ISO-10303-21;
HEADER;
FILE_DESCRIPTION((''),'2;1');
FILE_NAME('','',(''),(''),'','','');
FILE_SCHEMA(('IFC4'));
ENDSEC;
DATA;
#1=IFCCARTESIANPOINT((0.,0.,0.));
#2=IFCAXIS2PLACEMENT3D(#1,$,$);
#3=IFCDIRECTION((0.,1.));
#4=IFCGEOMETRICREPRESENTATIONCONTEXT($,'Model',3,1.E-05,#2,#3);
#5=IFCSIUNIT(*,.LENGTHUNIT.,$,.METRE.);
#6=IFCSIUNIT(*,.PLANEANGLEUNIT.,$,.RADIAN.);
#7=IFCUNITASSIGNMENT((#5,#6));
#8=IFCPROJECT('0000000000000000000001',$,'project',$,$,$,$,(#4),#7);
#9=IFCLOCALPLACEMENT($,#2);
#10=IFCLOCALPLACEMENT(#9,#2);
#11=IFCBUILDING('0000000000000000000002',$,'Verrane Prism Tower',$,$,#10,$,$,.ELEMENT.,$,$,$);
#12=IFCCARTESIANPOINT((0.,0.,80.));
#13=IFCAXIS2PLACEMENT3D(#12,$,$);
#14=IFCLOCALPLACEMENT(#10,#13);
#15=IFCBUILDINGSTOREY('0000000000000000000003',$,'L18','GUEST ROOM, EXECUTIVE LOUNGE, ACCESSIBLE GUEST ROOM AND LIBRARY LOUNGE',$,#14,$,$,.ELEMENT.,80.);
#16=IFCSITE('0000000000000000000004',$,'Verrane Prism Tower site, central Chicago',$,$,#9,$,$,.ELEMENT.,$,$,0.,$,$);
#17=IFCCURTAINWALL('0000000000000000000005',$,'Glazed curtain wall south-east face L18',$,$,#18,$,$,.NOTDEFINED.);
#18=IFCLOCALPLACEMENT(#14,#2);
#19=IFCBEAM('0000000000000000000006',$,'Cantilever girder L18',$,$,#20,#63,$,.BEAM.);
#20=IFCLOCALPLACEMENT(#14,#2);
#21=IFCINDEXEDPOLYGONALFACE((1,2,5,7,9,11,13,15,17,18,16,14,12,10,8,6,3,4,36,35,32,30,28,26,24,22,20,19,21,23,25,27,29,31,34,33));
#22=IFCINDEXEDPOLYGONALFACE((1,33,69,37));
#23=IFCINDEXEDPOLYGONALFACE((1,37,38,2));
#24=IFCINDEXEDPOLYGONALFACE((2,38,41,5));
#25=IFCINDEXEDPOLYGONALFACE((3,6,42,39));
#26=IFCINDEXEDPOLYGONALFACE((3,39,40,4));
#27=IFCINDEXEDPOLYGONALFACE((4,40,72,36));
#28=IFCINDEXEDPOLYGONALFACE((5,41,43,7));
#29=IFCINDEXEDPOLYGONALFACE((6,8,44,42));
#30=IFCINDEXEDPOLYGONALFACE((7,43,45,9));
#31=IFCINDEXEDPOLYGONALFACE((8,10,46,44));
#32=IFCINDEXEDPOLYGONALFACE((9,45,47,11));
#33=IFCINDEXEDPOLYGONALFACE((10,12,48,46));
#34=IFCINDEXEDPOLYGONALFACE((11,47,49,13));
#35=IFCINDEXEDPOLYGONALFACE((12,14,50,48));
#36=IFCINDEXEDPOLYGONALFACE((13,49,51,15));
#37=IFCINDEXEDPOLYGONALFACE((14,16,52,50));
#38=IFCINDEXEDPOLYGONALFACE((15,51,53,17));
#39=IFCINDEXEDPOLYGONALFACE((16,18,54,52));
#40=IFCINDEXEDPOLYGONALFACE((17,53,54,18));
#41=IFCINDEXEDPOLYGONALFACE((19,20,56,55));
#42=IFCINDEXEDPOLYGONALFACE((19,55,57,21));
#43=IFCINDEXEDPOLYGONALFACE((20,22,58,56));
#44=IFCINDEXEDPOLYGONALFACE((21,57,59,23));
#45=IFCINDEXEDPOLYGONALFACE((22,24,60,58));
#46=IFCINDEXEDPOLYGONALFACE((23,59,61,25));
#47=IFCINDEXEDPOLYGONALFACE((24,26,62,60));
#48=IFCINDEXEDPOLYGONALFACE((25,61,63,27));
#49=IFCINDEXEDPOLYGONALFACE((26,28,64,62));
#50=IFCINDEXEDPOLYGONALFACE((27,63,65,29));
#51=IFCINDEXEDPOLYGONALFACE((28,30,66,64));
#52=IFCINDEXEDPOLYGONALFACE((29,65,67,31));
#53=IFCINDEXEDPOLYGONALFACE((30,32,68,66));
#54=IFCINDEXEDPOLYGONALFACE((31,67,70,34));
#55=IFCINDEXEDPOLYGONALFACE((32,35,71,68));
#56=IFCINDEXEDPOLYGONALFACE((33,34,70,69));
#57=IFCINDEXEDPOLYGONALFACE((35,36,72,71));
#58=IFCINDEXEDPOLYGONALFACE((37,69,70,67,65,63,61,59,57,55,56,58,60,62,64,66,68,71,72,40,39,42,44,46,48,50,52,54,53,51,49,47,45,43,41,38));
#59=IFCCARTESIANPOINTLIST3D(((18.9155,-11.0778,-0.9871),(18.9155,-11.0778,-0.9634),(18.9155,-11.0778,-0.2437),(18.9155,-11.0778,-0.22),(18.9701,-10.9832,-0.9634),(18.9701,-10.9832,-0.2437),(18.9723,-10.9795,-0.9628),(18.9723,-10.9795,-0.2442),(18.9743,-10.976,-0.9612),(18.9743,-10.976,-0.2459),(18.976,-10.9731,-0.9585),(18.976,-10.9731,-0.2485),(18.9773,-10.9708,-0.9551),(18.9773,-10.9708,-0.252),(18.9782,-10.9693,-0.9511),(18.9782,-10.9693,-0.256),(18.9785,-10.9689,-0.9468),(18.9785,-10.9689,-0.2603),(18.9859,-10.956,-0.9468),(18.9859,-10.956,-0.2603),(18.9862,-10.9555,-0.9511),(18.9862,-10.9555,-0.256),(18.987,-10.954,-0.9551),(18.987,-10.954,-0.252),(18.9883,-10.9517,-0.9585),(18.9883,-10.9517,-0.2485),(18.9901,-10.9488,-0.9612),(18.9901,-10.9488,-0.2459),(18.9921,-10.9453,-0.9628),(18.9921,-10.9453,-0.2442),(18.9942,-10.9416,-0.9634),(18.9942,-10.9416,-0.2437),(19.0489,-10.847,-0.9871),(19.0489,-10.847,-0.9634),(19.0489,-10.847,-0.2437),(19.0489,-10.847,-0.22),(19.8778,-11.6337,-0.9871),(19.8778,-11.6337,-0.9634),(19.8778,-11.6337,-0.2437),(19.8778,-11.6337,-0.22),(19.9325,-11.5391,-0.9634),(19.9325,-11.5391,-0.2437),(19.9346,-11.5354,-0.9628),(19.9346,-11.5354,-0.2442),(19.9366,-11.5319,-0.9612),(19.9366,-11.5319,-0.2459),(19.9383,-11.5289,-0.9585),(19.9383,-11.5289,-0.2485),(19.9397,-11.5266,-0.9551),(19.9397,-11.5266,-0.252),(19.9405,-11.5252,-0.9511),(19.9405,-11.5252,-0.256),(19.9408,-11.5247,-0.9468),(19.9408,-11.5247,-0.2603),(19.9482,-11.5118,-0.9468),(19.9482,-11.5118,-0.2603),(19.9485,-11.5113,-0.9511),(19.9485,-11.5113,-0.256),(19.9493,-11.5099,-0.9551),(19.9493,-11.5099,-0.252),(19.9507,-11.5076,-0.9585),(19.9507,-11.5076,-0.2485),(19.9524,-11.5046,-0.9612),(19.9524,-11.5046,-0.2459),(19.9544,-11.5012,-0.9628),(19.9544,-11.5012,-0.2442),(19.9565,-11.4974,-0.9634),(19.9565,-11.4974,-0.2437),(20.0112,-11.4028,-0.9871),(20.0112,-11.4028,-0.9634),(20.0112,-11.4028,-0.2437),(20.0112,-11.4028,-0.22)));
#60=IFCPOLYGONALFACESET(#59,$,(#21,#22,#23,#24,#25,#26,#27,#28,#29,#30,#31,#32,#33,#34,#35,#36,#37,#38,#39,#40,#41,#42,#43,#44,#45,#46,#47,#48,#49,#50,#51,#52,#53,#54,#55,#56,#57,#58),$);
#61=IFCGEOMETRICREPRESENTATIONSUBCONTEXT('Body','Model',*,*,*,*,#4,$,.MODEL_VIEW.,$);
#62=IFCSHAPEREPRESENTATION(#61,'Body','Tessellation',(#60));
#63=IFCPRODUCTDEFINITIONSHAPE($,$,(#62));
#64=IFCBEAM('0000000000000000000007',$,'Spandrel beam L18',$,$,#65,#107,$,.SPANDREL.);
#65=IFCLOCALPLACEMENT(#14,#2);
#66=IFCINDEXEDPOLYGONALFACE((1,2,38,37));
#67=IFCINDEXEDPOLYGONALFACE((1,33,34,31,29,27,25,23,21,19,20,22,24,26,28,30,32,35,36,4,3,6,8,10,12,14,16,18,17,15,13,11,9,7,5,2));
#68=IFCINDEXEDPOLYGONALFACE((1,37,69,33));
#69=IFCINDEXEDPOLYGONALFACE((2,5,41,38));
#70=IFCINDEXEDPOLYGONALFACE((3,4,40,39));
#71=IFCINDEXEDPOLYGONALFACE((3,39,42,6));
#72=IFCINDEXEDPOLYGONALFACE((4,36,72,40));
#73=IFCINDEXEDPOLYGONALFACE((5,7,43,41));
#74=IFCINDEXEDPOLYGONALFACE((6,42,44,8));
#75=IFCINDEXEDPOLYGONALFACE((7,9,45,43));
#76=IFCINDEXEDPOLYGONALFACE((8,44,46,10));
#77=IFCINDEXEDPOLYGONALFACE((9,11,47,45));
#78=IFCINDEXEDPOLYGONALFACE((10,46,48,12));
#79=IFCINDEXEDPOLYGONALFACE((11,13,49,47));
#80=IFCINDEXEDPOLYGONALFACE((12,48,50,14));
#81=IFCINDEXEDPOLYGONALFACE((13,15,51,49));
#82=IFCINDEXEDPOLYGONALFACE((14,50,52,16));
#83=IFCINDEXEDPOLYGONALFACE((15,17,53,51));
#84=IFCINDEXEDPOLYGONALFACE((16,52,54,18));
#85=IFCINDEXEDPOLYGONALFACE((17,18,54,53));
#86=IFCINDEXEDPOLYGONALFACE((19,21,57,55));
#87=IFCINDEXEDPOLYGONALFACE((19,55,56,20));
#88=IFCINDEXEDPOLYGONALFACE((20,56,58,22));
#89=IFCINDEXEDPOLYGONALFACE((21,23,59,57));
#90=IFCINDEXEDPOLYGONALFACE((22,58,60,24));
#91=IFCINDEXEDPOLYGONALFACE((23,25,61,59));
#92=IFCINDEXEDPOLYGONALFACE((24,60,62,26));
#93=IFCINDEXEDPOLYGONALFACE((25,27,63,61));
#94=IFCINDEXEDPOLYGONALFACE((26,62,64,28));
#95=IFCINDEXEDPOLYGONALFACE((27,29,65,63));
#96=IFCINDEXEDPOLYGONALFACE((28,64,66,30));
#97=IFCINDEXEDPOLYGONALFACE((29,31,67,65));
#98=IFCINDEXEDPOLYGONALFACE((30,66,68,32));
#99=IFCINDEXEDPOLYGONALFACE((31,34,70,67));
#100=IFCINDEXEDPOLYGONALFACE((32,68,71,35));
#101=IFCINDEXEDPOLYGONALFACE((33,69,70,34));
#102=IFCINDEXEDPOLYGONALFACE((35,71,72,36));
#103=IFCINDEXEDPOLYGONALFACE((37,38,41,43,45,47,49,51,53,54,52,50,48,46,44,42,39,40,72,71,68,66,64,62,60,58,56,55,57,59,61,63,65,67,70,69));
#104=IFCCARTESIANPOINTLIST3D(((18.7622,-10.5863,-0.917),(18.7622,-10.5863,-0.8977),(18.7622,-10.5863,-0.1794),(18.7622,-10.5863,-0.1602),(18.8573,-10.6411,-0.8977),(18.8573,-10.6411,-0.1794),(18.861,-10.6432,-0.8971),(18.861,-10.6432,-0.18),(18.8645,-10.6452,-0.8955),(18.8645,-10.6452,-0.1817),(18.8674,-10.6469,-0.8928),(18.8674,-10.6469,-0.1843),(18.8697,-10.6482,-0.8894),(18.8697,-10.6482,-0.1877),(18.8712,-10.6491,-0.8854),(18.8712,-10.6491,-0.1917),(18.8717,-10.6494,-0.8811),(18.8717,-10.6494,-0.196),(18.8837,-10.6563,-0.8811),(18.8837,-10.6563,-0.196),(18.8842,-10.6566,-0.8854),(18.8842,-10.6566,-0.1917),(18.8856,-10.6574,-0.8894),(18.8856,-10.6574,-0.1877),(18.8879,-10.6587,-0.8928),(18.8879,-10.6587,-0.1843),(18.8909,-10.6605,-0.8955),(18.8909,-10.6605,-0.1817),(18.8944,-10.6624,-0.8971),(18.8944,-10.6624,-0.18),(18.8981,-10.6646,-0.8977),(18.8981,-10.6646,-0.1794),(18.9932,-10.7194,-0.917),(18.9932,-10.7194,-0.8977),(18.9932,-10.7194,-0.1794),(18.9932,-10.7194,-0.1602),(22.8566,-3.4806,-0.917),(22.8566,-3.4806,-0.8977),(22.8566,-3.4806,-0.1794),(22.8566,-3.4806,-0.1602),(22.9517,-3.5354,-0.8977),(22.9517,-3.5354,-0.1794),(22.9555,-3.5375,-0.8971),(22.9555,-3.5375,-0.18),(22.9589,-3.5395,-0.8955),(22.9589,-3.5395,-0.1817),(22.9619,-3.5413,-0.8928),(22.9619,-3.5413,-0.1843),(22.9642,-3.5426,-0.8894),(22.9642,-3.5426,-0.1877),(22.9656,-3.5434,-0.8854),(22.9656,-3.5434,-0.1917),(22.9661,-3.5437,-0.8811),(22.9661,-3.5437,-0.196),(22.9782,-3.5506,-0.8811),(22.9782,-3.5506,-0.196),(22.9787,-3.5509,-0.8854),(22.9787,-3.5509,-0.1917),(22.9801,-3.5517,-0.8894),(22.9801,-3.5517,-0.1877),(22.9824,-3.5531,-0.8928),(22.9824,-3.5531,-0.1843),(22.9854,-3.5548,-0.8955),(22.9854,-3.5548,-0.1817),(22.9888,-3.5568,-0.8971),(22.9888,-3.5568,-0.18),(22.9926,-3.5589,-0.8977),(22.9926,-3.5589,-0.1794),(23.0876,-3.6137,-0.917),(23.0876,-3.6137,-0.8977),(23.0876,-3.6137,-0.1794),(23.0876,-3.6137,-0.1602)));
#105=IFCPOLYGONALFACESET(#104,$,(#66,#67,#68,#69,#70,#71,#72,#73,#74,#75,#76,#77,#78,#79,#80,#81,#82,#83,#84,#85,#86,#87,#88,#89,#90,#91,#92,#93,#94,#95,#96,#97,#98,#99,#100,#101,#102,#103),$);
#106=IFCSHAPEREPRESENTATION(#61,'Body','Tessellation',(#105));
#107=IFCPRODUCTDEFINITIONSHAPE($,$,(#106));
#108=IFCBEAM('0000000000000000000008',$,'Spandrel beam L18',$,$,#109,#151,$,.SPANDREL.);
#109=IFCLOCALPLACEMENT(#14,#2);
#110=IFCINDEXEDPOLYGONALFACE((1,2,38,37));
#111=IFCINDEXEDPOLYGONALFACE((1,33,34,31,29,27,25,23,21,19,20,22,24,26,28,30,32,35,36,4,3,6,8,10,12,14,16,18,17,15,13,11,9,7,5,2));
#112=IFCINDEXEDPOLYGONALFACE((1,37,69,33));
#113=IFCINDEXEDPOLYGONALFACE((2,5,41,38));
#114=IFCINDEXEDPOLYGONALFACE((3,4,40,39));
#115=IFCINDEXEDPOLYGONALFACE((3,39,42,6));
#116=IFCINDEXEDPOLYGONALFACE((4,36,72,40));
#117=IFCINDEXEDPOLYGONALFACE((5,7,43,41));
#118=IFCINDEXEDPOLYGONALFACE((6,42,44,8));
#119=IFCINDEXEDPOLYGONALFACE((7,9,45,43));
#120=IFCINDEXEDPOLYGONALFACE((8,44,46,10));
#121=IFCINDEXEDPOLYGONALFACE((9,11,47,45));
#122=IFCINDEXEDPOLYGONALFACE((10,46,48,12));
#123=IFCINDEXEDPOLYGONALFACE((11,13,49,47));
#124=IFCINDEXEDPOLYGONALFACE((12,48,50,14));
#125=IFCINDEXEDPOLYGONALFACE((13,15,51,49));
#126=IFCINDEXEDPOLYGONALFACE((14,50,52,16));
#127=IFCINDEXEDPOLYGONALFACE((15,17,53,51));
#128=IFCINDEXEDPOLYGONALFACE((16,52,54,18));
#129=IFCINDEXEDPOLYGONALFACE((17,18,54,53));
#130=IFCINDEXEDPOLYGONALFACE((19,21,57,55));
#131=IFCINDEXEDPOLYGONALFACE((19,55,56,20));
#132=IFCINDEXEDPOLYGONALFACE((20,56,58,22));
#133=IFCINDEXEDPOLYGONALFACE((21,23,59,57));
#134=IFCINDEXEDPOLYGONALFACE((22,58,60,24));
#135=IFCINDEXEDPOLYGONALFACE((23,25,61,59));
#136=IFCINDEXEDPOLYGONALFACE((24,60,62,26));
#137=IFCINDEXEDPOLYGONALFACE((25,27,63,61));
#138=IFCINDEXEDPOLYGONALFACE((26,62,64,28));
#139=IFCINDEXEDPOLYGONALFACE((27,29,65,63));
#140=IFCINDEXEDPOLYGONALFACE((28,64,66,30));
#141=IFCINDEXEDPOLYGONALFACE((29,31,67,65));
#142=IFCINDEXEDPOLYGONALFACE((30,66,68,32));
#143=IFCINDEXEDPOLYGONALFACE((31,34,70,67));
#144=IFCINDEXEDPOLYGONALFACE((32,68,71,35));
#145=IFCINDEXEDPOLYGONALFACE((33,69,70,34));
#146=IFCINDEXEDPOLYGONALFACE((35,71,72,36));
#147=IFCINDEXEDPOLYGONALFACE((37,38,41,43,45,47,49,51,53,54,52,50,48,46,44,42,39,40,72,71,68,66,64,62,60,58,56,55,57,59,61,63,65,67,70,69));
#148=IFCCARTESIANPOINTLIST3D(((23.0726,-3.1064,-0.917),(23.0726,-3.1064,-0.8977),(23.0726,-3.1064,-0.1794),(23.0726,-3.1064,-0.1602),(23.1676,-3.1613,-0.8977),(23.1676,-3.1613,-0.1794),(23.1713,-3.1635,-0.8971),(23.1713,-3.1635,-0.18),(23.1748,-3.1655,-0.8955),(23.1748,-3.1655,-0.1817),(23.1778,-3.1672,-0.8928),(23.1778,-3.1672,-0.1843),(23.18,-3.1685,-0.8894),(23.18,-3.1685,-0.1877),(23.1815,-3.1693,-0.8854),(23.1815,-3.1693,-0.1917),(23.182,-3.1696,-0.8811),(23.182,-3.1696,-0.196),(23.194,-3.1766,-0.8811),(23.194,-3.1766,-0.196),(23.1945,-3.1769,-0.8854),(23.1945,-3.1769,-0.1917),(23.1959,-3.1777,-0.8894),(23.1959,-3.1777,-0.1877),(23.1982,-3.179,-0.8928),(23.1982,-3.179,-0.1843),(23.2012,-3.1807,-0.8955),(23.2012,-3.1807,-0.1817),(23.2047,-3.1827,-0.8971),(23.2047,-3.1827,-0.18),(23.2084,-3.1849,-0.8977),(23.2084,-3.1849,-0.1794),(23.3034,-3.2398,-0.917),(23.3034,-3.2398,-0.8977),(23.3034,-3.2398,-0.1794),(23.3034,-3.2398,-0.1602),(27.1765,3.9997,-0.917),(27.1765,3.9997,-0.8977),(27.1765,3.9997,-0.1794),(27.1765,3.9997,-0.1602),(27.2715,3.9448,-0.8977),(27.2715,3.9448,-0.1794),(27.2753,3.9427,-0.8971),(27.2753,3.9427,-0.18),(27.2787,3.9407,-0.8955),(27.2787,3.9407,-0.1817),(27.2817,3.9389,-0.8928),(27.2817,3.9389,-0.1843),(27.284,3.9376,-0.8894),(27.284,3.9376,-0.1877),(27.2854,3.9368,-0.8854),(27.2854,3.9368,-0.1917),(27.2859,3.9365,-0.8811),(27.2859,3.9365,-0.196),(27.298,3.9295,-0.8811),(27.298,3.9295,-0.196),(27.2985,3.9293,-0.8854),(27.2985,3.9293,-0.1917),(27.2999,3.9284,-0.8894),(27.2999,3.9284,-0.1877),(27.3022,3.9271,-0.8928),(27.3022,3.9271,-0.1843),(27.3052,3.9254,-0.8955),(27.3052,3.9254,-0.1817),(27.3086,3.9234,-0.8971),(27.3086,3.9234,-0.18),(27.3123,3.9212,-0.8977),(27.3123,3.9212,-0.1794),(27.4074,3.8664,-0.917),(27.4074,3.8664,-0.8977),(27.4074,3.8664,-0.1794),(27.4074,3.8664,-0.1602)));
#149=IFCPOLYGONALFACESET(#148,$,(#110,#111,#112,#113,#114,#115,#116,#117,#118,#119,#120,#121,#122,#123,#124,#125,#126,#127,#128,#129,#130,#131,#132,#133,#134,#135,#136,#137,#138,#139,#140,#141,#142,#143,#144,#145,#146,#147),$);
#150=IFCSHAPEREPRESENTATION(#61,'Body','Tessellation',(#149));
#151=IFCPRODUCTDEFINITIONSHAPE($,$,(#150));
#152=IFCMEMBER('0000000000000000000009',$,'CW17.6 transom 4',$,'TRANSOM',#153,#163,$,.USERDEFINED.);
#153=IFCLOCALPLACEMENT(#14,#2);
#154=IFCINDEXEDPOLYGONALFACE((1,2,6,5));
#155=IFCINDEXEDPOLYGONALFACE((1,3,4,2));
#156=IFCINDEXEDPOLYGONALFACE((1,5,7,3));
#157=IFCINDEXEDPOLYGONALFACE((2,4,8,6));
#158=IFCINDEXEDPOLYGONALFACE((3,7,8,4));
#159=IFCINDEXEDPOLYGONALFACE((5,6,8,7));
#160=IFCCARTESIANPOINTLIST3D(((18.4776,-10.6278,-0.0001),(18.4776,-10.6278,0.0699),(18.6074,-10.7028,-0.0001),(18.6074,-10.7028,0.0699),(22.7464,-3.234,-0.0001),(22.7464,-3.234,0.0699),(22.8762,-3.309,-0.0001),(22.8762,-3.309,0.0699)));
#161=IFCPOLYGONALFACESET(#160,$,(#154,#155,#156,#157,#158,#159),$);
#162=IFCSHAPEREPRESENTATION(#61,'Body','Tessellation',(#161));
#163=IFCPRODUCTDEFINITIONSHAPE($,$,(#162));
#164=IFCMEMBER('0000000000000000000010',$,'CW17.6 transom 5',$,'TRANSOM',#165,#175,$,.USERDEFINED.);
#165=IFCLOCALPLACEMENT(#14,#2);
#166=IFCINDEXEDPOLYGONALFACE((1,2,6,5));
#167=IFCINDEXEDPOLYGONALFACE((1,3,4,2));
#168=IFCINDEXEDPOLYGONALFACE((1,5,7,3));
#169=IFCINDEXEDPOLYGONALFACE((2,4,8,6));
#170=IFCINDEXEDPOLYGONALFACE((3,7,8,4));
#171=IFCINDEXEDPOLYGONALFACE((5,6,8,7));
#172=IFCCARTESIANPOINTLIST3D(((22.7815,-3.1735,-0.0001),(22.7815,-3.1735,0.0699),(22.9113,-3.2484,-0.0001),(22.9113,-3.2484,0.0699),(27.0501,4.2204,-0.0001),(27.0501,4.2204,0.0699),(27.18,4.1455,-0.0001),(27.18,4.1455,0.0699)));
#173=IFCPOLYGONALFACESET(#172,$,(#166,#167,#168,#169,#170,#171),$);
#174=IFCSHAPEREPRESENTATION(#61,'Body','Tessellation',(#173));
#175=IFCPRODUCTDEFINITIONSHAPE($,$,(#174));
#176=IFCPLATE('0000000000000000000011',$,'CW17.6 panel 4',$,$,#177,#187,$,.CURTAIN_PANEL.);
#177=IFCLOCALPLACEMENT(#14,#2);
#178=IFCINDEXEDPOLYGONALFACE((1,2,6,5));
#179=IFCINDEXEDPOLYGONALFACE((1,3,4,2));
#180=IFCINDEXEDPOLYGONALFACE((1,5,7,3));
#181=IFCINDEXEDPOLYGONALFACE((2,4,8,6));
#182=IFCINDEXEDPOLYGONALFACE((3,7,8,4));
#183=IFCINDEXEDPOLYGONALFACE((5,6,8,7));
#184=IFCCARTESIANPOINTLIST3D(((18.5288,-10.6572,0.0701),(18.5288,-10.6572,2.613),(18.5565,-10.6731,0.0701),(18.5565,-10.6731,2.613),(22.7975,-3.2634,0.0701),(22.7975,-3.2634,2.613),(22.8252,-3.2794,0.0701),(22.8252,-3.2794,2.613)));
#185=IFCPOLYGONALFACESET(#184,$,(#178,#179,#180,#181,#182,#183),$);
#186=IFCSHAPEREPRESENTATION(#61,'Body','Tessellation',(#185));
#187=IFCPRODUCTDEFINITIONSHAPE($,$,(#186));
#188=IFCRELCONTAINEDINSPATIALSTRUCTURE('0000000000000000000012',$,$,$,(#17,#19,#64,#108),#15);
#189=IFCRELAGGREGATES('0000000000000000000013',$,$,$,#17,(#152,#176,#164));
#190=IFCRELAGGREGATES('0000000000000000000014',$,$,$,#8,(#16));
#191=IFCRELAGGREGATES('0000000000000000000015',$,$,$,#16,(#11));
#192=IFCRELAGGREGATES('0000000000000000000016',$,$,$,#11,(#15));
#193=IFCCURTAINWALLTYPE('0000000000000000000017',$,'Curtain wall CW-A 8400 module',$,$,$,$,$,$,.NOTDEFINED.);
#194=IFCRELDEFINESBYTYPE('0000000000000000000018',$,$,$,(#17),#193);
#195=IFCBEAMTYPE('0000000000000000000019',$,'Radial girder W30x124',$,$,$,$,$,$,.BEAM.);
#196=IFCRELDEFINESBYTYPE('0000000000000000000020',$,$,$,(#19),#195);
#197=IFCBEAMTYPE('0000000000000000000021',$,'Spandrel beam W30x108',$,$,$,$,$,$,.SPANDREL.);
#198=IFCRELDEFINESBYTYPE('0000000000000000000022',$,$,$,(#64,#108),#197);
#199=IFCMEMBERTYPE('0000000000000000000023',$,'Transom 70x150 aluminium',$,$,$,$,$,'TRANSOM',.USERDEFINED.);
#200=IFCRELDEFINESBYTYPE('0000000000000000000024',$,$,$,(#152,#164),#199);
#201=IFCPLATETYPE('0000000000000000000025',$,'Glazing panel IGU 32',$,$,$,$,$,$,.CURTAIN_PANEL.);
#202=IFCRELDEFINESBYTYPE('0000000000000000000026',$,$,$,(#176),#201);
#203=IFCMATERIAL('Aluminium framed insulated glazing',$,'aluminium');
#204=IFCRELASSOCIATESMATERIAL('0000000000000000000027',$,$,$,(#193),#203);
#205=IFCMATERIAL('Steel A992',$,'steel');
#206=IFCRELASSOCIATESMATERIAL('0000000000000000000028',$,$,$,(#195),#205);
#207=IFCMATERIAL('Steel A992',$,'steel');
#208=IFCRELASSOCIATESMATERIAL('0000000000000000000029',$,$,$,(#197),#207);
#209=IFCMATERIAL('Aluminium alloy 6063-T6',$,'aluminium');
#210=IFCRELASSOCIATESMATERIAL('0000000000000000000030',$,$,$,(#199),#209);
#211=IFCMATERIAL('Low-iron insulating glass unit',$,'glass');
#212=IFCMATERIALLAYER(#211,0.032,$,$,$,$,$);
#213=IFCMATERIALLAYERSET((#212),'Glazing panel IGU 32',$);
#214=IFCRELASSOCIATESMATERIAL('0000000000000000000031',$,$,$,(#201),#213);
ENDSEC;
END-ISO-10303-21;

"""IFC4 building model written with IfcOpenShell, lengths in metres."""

from ifc_helpers import new_model, si_unit, direction, frame, origin, origin_2d, place, context, subcontext, project, spatial, rectangle, i_section, extrude, material, layer, layer_set, material_profile, profile_set, type_object, element, aggregate, save


model = new_model("IFC4")

# Units and contexts
model_context = context("Model", 3, precision=1e-05, world=origin(), true_north=direction((0.0, 1.0)))
body_context = subcontext(model_context, "Body", "Model", "MODEL_VIEW")
ifc_project = project(units=[si_unit("LENGTHUNIT", "METRE"), si_unit("PLANEANGLEUNIT", "RADIAN")], contexts=[model_context])

# Site, building, storey
site_placement = place(None, origin())
site = spatial("IfcSite", under=ifc_project, at=site_placement, Name="Verrane Prism Tower site, central Chicago", CompositionType="ELEMENT", RefElevation=0.0)
building_placement = place(site_placement, origin())
building = spatial("IfcBuilding", under=site, at=building_placement, Name="Verrane Prism Tower", CompositionType="ELEMENT")
storey_placement = place(building_placement, frame((0.0, 0.0, 80.0)))
storey = spatial("IfcBuildingStorey", under=building, at=storey_placement, Name="L18", Description="GUEST ROOM, EXECUTIVE LOUNGE, ACCESSIBLE GUEST ROOM AND LIBRARY LOUNGE", CompositionType="ELEMENT", Elevation=80.0)

# Curtain wall
ifc_material_1 = material(Name="Aluminium framed insulated glazing", Category="aluminium")
curtain_wall_type = type_object("IfcCurtainWallType", Name="Curtain wall CW-A 8400 module", PredefinedType="NOTDEFINED", material=ifc_material_1)
curtain_wall_placement = place(storey_placement, origin())
curtain_wall = element("IfcCurtainWall", 1, at=curtain_wall_placement, inside=storey, type_object=curtain_wall_type, Name="Glazed curtain wall south-east face L18", PredefinedType="NOTDEFINED")

# Beams
ifc_material_2 = material(Name="Steel A992", Category="steel")
ifc_material_profile_1 = material_profile(ifc_material_2, i_section(OverallWidth=0.2666, OverallDepth=0.7671, WebThickness=0.0149, FlangeThickness=0.0237, FilletRadius=0.0166, at=origin_2d()), Name="W30x124")
ifc_profile_set_1 = profile_set([ifc_material_profile_1], Name="Steel A992")
beam_type_1 = type_object("IfcBeamType", Name="Radial girder W30x124", PredefinedType="BEAM", material=ifc_profile_set_1)
beam_1_placement = place(storey_placement, frame((18.9822, -10.9624, -0.6035), z_axis=(0.865922, -0.500179, 0.0), x_axis=(0.500179, 0.865922, 0.0)))
element("IfcBeam", 2, at=beam_1_placement, inside=storey, type_object=beam_type_1, Name="Cantilever girder L18", PredefinedType="BEAM", context=body_context, shape_type="SweptSolid", body=[
    extrude(i_section(OverallWidth=0.2666, OverallDepth=0.7671, WebThickness=0.0149, FlangeThickness=0.0237, FilletRadius=0.0166, at=origin_2d()), origin(), (0.0, 0.0, 1.0), 1.1113),
])
ifc_material_3 = material(Name="Steel A992", Category="steel")
ifc_material_profile_2 = material_profile(ifc_material_3, i_section(OverallWidth=0.2666, OverallDepth=0.7568, WebThickness=0.0139, FlangeThickness=0.0193, FilletRadius=0.0166, at=origin_2d()), Name="W30x108")
ifc_profile_set_2 = profile_set([ifc_material_profile_2], Name="Steel A992")
beam_type_2 = type_object("IfcBeamType", Name="Spandrel beam W30x108", PredefinedType="SPANDREL", material=ifc_profile_set_2)
beam_2_placement = place(storey_placement, frame((18.8777, -10.6528, -0.5386), z_axis=(0.499268, 0.866448, 0.0), x_axis=(-0.866448, 0.499268, 0.0)))
element("IfcBeam", 3, at=beam_2_placement, inside=storey, type_object=beam_type_2, Name="Spandrel beam L18", PredefinedType="SPANDREL", context=body_context, shape_type="SweptSolid", body=[
    extrude(i_section(OverallWidth=0.2666, OverallDepth=0.7568, WebThickness=0.0139, FlangeThickness=0.0193, FilletRadius=0.0166, at=origin_2d()), origin(), (0.0, 0.0, 1.0), 8.2009),
])
beam_3_placement = place(storey_placement, frame((23.188, -3.1731, -0.5386), z_axis=(0.500113, 0.86596, 0.0), x_axis=(-0.86596, 0.500113, 0.0)))
element("IfcBeam", 4, at=beam_3_placement, inside=storey, type_object=beam_type_2, Name="Spandrel beam L18", PredefinedType="SPANDREL", context=body_context, shape_type="SweptSolid", body=[
    extrude(i_section(OverallWidth=0.2666, OverallDepth=0.7568, WebThickness=0.0139, FlangeThickness=0.0193, FilletRadius=0.0166, at=origin_2d()), origin(), (0.0, 0.0, 1.0), 8.2061),
])

# Members
ifc_material_4 = material(Name="Aluminium alloy 6063-T6", Category="aluminium")
ifc_material_profile_3 = material_profile(ifc_material_4, rectangle(XDim=0.1499, YDim=0.0701, at=origin_2d()), Name="Transom 70x150 aluminium")
ifc_profile_set_3 = profile_set([ifc_material_profile_3], Name="Aluminium alloy 6063-T6")
member_type_1 = type_object("IfcMemberType", Name="Transom 70x150 aluminium", ElementType="TRANSOM", PredefinedType="USERDEFINED", material=ifc_profile_set_3)
member_1_placement = place(storey_placement, frame((18.5425, -10.6653, 0.0349), z_axis=(0.499999, 0.866026, 0.0), x_axis=(-0.866026, 0.499999, 0.0)))
member_1 = element("IfcMember", 5, at=member_1_placement, type_object=member_type_1, Name="CW17.6 transom 4", ObjectType="TRANSOM", PredefinedType="USERDEFINED", context=body_context, shape_type="SweptSolid", body=[
    extrude(rectangle(XDim=0.1499, YDim=0.0701, at=origin_2d()), origin(), (0.0, 0.0, 1.0), 8.5376),
])
member_2_placement = place(storey_placement, frame((22.8464, -3.2109, 0.0349), z_axis=(0.499977, 0.866038, 0.0), x_axis=(-0.866038, 0.499977, 0.0)))
member_2 = element("IfcMember", 6, at=member_2_placement, type_object=member_type_1, Name="CW17.6 transom 5", ObjectType="TRANSOM", PredefinedType="USERDEFINED", context=body_context, shape_type="SweptSolid", body=[
    extrude(rectangle(XDim=0.1499, YDim=0.0701, at=origin_2d()), origin(), (0.0, 0.0, 1.0), 8.5376),
])

# Plate
ifc_material_5 = material(Name="Low-iron insulating glass unit", Category="glass")
ifc_layer_1 = layer(ifc_material_5, 0.032)
ifc_layer_set_1 = layer_set([ifc_layer_1], Name="Glazing panel IGU 32")
plate_type = type_object("IfcPlateType", Name="Glazing panel IGU 32", PredefinedType="CURTAIN_PANEL", material=ifc_layer_set_1)
plate_placement = place(storey_placement, frame((20.677, -6.9683, 0.0701), z_axis=(0.0, 0.0, 1.0), x_axis=(0.499999, 0.866026, 0.0)))
plate = element("IfcPlate", 7, at=plate_placement, type_object=plate_type, Name="CW17.6 panel 4", PredefinedType="CURTAIN_PANEL", context=body_context, shape_type="SweptSolid", body=[
    extrude(rectangle(XDim=8.5376, YDim=0.032, at=origin_2d()), origin(), (0.0, 0.0, 1.0), 2.543),
])
aggregate(curtain_wall, [member_1, plate, member_2])

save(model, "model.ifc")
